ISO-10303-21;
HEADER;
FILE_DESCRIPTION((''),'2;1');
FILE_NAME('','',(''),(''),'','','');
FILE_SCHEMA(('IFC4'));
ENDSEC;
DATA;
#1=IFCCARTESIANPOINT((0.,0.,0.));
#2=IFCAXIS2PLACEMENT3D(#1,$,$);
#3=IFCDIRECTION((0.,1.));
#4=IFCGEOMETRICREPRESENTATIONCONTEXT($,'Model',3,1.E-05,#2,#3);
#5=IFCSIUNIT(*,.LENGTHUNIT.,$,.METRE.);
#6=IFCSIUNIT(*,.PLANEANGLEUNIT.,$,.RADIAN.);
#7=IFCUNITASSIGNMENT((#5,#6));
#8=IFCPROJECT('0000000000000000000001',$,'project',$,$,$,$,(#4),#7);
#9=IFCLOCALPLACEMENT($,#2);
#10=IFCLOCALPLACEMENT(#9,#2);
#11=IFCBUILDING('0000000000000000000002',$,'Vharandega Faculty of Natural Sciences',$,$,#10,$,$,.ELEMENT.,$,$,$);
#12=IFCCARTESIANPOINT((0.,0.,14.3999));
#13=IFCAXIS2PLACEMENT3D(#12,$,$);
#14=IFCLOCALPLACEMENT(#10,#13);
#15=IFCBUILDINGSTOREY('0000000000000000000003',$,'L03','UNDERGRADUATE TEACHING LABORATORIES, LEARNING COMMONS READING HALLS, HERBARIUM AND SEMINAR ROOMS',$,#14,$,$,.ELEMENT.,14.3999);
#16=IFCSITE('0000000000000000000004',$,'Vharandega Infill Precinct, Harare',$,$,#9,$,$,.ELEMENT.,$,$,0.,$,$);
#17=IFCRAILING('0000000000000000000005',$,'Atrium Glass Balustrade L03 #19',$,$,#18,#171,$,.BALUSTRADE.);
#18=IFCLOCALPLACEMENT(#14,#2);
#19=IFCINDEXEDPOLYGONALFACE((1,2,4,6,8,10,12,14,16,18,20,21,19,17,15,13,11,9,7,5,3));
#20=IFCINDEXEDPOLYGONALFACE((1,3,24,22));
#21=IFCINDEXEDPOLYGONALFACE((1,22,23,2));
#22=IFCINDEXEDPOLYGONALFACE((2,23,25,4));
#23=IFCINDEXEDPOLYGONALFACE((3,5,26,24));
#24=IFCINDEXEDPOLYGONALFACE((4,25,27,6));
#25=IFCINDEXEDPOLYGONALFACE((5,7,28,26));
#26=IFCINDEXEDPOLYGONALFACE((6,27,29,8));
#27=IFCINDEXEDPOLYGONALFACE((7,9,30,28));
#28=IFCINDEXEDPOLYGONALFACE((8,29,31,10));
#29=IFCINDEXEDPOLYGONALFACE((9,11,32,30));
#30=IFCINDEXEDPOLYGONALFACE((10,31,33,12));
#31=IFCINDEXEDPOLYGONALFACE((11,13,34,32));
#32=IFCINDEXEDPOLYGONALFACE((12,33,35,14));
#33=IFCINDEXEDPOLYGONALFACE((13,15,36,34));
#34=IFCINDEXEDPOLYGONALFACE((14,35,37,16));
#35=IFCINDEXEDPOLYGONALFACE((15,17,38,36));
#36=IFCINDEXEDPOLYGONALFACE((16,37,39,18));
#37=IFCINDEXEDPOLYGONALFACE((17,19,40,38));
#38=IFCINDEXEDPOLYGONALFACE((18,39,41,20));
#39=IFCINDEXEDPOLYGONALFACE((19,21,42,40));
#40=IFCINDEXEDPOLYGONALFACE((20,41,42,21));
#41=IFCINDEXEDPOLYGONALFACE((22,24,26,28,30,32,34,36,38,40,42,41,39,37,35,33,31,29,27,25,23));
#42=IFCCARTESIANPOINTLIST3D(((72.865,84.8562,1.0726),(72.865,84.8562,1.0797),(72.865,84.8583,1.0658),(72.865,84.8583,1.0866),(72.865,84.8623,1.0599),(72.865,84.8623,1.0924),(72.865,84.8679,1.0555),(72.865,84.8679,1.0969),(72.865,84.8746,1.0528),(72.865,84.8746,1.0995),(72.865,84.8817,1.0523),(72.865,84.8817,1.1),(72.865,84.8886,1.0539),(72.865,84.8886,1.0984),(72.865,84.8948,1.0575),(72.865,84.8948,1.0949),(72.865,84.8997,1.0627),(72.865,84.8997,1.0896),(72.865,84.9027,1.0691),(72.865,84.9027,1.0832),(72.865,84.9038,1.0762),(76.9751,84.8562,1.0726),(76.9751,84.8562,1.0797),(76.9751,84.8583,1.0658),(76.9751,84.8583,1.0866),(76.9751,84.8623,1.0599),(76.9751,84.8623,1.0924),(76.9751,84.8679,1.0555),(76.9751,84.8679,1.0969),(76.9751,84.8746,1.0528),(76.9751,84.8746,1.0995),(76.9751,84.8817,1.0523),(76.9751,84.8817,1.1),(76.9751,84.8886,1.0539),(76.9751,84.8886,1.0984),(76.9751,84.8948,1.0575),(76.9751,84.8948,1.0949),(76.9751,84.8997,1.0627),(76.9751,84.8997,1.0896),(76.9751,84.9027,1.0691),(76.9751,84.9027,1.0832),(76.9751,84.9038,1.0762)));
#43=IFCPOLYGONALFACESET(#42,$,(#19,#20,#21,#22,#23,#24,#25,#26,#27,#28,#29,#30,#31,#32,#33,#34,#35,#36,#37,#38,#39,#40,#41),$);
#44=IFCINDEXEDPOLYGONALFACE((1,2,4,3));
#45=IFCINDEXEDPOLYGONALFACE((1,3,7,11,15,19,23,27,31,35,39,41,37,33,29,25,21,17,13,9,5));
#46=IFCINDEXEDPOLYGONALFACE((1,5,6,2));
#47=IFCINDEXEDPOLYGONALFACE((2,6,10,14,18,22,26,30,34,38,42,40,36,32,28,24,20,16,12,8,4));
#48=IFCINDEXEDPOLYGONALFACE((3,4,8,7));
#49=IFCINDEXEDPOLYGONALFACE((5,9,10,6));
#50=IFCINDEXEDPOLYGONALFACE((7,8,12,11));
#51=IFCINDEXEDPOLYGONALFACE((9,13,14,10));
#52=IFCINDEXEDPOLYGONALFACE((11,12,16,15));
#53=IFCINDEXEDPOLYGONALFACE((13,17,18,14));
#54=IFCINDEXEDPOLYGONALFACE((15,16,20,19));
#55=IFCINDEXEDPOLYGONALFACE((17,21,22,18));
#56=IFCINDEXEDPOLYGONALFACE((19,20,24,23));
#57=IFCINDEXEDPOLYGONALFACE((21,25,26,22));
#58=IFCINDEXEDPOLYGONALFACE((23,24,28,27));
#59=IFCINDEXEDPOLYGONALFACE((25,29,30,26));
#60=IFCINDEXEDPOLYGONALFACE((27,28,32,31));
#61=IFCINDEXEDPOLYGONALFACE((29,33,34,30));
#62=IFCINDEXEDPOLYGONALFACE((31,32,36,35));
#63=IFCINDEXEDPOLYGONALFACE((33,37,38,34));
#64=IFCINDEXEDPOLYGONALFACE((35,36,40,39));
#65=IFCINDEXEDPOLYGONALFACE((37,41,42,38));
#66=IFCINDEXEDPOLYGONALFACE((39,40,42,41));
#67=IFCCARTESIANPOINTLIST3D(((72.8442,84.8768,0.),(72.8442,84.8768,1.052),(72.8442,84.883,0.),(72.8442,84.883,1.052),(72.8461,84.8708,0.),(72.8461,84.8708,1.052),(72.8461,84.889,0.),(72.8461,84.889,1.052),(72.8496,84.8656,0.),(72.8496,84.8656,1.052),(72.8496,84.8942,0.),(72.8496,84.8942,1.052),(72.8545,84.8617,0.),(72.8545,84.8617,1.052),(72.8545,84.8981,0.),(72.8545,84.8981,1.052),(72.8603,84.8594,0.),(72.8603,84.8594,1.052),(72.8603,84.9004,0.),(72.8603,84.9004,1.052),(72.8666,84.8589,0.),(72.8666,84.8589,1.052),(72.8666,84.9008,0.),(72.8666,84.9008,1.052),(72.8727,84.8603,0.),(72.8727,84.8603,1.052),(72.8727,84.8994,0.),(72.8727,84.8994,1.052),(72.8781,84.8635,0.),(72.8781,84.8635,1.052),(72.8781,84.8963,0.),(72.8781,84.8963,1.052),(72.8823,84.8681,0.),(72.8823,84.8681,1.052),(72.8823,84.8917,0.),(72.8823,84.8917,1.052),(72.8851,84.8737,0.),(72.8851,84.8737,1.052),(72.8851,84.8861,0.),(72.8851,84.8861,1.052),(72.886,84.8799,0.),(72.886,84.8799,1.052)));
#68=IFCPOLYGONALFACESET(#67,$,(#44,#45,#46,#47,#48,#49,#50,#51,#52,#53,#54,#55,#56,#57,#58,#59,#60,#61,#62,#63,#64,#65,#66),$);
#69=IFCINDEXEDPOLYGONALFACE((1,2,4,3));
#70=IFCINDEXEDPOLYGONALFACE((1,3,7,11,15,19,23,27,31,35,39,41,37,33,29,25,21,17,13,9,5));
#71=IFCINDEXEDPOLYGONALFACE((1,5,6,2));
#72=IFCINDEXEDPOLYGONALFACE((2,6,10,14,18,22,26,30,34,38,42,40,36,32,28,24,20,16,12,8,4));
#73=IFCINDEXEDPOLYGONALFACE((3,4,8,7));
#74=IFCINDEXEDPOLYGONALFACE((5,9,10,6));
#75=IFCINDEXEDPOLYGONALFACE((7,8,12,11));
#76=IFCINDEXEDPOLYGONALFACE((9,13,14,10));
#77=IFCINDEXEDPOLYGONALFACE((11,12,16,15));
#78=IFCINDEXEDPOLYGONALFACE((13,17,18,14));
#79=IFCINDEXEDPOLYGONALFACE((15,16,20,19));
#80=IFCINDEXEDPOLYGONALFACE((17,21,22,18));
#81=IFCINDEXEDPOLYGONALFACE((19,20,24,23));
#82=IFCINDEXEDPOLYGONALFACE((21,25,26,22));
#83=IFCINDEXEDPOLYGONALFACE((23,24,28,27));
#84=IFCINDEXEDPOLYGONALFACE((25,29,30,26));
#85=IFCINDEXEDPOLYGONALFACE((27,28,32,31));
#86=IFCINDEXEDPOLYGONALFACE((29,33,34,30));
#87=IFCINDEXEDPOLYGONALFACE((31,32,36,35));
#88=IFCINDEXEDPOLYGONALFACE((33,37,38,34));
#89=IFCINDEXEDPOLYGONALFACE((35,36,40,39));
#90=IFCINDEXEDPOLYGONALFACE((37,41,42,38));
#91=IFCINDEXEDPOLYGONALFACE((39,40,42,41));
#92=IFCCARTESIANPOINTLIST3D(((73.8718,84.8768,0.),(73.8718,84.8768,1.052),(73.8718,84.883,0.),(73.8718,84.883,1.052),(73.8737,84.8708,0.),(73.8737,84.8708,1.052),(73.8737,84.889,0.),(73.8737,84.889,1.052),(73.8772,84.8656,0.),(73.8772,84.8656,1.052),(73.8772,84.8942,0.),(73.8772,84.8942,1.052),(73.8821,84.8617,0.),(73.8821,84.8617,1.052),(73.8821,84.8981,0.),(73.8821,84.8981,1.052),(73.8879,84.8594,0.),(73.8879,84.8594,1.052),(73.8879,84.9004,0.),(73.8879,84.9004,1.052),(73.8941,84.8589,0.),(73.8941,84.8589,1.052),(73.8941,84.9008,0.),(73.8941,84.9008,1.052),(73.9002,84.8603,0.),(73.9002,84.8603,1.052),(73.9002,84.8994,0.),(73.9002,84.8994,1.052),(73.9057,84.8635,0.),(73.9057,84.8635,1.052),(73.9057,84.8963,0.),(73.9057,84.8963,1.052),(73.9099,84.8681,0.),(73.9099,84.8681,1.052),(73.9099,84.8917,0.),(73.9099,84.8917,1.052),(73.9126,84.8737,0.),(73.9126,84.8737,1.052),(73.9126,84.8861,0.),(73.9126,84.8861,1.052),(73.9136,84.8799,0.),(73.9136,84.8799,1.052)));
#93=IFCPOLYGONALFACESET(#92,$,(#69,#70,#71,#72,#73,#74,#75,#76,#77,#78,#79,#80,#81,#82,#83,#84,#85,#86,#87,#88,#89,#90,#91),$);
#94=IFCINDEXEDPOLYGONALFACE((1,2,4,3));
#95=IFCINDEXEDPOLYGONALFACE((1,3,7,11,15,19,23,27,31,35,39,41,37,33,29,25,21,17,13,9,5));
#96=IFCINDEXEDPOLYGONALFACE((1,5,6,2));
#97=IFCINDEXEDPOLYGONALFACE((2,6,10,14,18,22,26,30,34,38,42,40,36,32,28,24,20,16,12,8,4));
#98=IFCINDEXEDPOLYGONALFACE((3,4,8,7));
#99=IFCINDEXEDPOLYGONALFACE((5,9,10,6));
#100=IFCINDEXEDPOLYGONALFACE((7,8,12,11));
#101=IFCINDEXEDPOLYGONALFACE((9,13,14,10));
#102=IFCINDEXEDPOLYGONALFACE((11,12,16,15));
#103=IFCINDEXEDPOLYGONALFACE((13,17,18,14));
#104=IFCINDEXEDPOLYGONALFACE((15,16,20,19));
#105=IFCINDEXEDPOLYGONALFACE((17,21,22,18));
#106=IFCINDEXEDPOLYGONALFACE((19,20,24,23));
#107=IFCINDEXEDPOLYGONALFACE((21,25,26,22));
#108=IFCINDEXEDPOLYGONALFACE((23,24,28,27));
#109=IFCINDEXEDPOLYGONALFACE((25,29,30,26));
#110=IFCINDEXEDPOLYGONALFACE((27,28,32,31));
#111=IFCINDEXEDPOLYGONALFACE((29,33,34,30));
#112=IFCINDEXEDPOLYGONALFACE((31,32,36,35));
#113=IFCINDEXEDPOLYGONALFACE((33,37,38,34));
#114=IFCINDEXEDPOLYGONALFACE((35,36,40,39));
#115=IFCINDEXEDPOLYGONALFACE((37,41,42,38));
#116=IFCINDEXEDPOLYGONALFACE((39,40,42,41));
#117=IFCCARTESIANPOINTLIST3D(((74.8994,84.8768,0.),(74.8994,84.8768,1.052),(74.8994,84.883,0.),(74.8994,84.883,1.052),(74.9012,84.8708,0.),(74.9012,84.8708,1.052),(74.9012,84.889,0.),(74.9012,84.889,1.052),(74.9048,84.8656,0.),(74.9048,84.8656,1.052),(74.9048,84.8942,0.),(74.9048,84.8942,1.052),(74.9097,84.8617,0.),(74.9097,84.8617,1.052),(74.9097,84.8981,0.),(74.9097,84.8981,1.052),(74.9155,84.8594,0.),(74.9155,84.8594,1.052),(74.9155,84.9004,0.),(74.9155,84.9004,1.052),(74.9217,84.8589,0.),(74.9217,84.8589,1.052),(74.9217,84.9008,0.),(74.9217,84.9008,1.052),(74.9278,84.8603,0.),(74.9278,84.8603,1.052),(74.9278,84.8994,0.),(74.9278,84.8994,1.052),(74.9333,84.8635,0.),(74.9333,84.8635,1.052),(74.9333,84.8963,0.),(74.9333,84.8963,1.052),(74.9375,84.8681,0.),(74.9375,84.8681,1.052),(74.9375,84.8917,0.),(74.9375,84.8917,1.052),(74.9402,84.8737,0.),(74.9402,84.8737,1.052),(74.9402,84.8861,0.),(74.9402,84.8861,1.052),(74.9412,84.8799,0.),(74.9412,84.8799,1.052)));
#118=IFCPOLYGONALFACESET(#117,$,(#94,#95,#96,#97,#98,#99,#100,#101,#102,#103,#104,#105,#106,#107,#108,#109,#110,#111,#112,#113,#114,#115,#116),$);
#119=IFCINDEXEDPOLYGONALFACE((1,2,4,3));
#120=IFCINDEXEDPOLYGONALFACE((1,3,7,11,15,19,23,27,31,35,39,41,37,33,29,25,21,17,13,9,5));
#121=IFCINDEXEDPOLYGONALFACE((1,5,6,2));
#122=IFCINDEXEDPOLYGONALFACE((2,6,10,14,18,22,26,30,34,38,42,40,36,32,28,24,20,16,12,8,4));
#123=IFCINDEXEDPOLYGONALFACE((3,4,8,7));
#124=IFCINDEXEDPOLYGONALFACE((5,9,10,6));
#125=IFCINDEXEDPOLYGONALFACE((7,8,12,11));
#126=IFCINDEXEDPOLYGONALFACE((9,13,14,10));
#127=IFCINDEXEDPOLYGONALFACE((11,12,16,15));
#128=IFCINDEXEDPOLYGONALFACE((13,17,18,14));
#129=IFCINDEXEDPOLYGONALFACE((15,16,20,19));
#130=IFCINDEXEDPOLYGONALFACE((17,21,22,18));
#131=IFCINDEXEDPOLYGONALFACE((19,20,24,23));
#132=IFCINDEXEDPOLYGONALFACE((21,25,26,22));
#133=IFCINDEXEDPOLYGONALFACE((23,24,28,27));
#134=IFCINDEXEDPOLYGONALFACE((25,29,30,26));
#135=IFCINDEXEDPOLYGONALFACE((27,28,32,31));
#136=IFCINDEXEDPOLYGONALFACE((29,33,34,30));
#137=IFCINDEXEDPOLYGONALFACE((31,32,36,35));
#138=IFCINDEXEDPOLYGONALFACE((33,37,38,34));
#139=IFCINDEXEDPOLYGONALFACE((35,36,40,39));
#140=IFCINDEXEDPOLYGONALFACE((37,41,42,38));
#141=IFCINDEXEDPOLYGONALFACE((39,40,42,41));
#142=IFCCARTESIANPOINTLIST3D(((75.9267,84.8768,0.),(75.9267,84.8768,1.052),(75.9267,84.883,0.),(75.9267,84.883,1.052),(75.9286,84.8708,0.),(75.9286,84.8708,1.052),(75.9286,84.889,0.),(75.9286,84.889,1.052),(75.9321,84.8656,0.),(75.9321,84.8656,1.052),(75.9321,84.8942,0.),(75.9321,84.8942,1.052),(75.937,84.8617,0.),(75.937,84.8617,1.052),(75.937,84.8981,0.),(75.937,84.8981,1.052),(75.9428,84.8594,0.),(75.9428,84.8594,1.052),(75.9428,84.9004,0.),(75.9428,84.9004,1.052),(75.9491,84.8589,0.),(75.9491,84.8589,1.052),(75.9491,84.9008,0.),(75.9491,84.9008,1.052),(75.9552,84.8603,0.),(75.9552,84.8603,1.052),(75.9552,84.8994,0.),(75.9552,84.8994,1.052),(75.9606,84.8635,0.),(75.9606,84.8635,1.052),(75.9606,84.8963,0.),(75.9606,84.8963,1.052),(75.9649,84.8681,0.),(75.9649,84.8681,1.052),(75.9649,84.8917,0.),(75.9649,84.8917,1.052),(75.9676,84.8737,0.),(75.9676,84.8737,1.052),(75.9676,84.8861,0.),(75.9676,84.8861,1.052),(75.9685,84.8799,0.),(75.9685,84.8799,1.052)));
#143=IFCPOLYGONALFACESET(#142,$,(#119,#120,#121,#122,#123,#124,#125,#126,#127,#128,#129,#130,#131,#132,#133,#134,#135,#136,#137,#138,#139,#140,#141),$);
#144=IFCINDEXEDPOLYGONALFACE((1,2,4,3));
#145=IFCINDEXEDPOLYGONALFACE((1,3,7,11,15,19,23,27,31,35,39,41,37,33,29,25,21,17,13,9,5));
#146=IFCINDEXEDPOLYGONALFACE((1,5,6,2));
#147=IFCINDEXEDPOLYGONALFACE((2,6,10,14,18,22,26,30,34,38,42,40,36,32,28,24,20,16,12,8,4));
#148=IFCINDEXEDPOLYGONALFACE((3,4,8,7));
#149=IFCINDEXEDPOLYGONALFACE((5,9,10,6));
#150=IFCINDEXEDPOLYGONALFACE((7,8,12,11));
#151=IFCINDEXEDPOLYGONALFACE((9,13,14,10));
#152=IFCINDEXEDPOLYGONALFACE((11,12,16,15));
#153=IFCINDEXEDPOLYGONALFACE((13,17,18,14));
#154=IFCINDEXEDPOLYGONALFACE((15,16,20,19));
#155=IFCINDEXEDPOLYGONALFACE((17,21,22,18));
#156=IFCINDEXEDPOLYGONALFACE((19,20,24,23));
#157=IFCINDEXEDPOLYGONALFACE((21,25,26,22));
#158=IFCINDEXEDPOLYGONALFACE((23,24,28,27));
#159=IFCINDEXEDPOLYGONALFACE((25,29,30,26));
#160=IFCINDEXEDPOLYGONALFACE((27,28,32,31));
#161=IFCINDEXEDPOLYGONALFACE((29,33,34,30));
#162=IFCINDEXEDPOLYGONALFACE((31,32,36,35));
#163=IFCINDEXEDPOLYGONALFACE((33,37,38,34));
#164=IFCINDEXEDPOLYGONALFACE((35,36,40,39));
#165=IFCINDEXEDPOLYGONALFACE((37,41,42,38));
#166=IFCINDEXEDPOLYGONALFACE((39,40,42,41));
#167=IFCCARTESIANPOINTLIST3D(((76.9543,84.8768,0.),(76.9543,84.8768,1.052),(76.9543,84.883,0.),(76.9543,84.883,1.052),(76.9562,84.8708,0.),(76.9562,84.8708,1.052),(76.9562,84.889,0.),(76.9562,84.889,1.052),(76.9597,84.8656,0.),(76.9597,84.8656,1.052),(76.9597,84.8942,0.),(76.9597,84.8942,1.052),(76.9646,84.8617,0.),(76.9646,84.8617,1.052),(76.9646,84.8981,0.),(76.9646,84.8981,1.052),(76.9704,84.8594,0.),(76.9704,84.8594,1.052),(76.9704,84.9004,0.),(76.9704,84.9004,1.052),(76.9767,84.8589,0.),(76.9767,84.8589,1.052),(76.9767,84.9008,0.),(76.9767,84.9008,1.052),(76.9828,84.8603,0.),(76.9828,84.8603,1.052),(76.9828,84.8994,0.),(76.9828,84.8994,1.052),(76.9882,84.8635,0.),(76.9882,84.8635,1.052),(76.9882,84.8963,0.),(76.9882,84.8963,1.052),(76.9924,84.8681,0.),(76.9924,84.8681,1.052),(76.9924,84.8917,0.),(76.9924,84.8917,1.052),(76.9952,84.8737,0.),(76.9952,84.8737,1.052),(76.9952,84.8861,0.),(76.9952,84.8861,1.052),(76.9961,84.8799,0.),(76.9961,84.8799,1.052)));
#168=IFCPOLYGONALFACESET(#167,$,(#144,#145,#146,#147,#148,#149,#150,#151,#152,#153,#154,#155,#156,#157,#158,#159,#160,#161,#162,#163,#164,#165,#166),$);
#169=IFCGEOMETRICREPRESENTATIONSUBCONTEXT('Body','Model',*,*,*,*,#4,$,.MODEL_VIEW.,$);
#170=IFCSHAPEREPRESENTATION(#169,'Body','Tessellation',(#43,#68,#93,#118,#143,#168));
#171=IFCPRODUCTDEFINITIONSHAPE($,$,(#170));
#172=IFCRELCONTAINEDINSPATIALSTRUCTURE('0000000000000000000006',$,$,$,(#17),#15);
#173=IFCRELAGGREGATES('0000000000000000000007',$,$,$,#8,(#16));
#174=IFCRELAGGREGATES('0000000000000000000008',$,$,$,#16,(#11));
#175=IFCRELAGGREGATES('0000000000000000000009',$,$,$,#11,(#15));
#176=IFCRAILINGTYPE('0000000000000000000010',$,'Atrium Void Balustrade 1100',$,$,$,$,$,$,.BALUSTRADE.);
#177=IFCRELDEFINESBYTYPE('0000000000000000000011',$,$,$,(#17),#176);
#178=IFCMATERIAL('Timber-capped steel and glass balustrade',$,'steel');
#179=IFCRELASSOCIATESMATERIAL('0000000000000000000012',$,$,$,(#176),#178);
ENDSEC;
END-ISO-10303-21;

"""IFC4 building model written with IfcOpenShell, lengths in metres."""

from ifc_helpers import new_model, si_unit, direction, frame, origin, origin_2d, place, context, subcontext, project, spatial, circle, extrude, material, type_object, element, save


model = new_model("IFC4")

# Units and contexts
model_context = context("Model", 3, precision=1e-05, world=origin(), true_north=direction((0.0, 1.0)))
body_context = subcontext(model_context, "Body", "Model", "MODEL_VIEW")
ifc_project = project(units=[si_unit("LENGTHUNIT", "METRE"), si_unit("PLANEANGLEUNIT", "RADIAN")], contexts=[model_context])

# Site, building, storey
site_placement = place(None, origin())
site = spatial("IfcSite", under=ifc_project, at=site_placement, Name="Vharandega Infill Precinct, Harare", CompositionType="ELEMENT", RefElevation=0.0)
building_placement = place(site_placement, origin())
building = spatial("IfcBuilding", under=site, at=building_placement, Name="Vharandega Faculty of Natural Sciences", CompositionType="ELEMENT")
storey_placement = place(building_placement, frame((0.0, 0.0, 14.3999)))
storey = spatial("IfcBuildingStorey", under=building, at=storey_placement, Name="L03", Description="UNDERGRADUATE TEACHING LABORATORIES, LEARNING COMMONS READING HALLS, HERBARIUM AND SEMINAR ROOMS", CompositionType="ELEMENT", Elevation=14.3999)

# Railing
ifc_material_1 = material(Name="Timber-capped steel and glass balustrade", Category="steel")
railing_type = type_object("IfcRailingType", Name="Atrium Void Balustrade 1100", PredefinedType="BALUSTRADE", material=ifc_material_1)
for number, where, name in (
    (1, (72.865, 84.8799, 0.0), "Atrium Glass Balustrade L03 #19"),
):
    element("IfcRailing", number, at=place(storey_placement, frame(where)), inside=storey, type_object=railing_type, Name=name, PredefinedType="BALUSTRADE", context=body_context, shape_type="SweptSolid", body=[
        extrude(circle(Radius=0.0239, at=origin_2d()), frame((0.0, 0.0, 1.0762), z_axis=(1.0, 0.0, 0.0), x_axis=(0.0, 1.0, 0.0)), (0.0, 0.0, 1.0), 4.1101),
        extrude(circle(Radius=0.021, at=origin_2d()), origin(), (0.0, 0.0, 1.0), 1.052),
        extrude(circle(Radius=0.021, at=origin_2d()), frame((1.0276, 0.0, 0.0)), (0.0, 0.0, 1.0), 1.052),
        extrude(circle(Radius=0.021, at=origin_2d()), frame((2.0552, 0.0, 0.0)), (0.0, 0.0, 1.0), 1.052),
        extrude(circle(Radius=0.021, at=origin_2d()), frame((3.0825, 0.0, 0.0)), (0.0, 0.0, 1.0), 1.052),
        extrude(circle(Radius=0.021, at=origin_2d()), frame((4.1101, 0.0, 0.0)), (0.0, 0.0, 1.0), 1.052),
    ])

save(model, "model.ifc")
